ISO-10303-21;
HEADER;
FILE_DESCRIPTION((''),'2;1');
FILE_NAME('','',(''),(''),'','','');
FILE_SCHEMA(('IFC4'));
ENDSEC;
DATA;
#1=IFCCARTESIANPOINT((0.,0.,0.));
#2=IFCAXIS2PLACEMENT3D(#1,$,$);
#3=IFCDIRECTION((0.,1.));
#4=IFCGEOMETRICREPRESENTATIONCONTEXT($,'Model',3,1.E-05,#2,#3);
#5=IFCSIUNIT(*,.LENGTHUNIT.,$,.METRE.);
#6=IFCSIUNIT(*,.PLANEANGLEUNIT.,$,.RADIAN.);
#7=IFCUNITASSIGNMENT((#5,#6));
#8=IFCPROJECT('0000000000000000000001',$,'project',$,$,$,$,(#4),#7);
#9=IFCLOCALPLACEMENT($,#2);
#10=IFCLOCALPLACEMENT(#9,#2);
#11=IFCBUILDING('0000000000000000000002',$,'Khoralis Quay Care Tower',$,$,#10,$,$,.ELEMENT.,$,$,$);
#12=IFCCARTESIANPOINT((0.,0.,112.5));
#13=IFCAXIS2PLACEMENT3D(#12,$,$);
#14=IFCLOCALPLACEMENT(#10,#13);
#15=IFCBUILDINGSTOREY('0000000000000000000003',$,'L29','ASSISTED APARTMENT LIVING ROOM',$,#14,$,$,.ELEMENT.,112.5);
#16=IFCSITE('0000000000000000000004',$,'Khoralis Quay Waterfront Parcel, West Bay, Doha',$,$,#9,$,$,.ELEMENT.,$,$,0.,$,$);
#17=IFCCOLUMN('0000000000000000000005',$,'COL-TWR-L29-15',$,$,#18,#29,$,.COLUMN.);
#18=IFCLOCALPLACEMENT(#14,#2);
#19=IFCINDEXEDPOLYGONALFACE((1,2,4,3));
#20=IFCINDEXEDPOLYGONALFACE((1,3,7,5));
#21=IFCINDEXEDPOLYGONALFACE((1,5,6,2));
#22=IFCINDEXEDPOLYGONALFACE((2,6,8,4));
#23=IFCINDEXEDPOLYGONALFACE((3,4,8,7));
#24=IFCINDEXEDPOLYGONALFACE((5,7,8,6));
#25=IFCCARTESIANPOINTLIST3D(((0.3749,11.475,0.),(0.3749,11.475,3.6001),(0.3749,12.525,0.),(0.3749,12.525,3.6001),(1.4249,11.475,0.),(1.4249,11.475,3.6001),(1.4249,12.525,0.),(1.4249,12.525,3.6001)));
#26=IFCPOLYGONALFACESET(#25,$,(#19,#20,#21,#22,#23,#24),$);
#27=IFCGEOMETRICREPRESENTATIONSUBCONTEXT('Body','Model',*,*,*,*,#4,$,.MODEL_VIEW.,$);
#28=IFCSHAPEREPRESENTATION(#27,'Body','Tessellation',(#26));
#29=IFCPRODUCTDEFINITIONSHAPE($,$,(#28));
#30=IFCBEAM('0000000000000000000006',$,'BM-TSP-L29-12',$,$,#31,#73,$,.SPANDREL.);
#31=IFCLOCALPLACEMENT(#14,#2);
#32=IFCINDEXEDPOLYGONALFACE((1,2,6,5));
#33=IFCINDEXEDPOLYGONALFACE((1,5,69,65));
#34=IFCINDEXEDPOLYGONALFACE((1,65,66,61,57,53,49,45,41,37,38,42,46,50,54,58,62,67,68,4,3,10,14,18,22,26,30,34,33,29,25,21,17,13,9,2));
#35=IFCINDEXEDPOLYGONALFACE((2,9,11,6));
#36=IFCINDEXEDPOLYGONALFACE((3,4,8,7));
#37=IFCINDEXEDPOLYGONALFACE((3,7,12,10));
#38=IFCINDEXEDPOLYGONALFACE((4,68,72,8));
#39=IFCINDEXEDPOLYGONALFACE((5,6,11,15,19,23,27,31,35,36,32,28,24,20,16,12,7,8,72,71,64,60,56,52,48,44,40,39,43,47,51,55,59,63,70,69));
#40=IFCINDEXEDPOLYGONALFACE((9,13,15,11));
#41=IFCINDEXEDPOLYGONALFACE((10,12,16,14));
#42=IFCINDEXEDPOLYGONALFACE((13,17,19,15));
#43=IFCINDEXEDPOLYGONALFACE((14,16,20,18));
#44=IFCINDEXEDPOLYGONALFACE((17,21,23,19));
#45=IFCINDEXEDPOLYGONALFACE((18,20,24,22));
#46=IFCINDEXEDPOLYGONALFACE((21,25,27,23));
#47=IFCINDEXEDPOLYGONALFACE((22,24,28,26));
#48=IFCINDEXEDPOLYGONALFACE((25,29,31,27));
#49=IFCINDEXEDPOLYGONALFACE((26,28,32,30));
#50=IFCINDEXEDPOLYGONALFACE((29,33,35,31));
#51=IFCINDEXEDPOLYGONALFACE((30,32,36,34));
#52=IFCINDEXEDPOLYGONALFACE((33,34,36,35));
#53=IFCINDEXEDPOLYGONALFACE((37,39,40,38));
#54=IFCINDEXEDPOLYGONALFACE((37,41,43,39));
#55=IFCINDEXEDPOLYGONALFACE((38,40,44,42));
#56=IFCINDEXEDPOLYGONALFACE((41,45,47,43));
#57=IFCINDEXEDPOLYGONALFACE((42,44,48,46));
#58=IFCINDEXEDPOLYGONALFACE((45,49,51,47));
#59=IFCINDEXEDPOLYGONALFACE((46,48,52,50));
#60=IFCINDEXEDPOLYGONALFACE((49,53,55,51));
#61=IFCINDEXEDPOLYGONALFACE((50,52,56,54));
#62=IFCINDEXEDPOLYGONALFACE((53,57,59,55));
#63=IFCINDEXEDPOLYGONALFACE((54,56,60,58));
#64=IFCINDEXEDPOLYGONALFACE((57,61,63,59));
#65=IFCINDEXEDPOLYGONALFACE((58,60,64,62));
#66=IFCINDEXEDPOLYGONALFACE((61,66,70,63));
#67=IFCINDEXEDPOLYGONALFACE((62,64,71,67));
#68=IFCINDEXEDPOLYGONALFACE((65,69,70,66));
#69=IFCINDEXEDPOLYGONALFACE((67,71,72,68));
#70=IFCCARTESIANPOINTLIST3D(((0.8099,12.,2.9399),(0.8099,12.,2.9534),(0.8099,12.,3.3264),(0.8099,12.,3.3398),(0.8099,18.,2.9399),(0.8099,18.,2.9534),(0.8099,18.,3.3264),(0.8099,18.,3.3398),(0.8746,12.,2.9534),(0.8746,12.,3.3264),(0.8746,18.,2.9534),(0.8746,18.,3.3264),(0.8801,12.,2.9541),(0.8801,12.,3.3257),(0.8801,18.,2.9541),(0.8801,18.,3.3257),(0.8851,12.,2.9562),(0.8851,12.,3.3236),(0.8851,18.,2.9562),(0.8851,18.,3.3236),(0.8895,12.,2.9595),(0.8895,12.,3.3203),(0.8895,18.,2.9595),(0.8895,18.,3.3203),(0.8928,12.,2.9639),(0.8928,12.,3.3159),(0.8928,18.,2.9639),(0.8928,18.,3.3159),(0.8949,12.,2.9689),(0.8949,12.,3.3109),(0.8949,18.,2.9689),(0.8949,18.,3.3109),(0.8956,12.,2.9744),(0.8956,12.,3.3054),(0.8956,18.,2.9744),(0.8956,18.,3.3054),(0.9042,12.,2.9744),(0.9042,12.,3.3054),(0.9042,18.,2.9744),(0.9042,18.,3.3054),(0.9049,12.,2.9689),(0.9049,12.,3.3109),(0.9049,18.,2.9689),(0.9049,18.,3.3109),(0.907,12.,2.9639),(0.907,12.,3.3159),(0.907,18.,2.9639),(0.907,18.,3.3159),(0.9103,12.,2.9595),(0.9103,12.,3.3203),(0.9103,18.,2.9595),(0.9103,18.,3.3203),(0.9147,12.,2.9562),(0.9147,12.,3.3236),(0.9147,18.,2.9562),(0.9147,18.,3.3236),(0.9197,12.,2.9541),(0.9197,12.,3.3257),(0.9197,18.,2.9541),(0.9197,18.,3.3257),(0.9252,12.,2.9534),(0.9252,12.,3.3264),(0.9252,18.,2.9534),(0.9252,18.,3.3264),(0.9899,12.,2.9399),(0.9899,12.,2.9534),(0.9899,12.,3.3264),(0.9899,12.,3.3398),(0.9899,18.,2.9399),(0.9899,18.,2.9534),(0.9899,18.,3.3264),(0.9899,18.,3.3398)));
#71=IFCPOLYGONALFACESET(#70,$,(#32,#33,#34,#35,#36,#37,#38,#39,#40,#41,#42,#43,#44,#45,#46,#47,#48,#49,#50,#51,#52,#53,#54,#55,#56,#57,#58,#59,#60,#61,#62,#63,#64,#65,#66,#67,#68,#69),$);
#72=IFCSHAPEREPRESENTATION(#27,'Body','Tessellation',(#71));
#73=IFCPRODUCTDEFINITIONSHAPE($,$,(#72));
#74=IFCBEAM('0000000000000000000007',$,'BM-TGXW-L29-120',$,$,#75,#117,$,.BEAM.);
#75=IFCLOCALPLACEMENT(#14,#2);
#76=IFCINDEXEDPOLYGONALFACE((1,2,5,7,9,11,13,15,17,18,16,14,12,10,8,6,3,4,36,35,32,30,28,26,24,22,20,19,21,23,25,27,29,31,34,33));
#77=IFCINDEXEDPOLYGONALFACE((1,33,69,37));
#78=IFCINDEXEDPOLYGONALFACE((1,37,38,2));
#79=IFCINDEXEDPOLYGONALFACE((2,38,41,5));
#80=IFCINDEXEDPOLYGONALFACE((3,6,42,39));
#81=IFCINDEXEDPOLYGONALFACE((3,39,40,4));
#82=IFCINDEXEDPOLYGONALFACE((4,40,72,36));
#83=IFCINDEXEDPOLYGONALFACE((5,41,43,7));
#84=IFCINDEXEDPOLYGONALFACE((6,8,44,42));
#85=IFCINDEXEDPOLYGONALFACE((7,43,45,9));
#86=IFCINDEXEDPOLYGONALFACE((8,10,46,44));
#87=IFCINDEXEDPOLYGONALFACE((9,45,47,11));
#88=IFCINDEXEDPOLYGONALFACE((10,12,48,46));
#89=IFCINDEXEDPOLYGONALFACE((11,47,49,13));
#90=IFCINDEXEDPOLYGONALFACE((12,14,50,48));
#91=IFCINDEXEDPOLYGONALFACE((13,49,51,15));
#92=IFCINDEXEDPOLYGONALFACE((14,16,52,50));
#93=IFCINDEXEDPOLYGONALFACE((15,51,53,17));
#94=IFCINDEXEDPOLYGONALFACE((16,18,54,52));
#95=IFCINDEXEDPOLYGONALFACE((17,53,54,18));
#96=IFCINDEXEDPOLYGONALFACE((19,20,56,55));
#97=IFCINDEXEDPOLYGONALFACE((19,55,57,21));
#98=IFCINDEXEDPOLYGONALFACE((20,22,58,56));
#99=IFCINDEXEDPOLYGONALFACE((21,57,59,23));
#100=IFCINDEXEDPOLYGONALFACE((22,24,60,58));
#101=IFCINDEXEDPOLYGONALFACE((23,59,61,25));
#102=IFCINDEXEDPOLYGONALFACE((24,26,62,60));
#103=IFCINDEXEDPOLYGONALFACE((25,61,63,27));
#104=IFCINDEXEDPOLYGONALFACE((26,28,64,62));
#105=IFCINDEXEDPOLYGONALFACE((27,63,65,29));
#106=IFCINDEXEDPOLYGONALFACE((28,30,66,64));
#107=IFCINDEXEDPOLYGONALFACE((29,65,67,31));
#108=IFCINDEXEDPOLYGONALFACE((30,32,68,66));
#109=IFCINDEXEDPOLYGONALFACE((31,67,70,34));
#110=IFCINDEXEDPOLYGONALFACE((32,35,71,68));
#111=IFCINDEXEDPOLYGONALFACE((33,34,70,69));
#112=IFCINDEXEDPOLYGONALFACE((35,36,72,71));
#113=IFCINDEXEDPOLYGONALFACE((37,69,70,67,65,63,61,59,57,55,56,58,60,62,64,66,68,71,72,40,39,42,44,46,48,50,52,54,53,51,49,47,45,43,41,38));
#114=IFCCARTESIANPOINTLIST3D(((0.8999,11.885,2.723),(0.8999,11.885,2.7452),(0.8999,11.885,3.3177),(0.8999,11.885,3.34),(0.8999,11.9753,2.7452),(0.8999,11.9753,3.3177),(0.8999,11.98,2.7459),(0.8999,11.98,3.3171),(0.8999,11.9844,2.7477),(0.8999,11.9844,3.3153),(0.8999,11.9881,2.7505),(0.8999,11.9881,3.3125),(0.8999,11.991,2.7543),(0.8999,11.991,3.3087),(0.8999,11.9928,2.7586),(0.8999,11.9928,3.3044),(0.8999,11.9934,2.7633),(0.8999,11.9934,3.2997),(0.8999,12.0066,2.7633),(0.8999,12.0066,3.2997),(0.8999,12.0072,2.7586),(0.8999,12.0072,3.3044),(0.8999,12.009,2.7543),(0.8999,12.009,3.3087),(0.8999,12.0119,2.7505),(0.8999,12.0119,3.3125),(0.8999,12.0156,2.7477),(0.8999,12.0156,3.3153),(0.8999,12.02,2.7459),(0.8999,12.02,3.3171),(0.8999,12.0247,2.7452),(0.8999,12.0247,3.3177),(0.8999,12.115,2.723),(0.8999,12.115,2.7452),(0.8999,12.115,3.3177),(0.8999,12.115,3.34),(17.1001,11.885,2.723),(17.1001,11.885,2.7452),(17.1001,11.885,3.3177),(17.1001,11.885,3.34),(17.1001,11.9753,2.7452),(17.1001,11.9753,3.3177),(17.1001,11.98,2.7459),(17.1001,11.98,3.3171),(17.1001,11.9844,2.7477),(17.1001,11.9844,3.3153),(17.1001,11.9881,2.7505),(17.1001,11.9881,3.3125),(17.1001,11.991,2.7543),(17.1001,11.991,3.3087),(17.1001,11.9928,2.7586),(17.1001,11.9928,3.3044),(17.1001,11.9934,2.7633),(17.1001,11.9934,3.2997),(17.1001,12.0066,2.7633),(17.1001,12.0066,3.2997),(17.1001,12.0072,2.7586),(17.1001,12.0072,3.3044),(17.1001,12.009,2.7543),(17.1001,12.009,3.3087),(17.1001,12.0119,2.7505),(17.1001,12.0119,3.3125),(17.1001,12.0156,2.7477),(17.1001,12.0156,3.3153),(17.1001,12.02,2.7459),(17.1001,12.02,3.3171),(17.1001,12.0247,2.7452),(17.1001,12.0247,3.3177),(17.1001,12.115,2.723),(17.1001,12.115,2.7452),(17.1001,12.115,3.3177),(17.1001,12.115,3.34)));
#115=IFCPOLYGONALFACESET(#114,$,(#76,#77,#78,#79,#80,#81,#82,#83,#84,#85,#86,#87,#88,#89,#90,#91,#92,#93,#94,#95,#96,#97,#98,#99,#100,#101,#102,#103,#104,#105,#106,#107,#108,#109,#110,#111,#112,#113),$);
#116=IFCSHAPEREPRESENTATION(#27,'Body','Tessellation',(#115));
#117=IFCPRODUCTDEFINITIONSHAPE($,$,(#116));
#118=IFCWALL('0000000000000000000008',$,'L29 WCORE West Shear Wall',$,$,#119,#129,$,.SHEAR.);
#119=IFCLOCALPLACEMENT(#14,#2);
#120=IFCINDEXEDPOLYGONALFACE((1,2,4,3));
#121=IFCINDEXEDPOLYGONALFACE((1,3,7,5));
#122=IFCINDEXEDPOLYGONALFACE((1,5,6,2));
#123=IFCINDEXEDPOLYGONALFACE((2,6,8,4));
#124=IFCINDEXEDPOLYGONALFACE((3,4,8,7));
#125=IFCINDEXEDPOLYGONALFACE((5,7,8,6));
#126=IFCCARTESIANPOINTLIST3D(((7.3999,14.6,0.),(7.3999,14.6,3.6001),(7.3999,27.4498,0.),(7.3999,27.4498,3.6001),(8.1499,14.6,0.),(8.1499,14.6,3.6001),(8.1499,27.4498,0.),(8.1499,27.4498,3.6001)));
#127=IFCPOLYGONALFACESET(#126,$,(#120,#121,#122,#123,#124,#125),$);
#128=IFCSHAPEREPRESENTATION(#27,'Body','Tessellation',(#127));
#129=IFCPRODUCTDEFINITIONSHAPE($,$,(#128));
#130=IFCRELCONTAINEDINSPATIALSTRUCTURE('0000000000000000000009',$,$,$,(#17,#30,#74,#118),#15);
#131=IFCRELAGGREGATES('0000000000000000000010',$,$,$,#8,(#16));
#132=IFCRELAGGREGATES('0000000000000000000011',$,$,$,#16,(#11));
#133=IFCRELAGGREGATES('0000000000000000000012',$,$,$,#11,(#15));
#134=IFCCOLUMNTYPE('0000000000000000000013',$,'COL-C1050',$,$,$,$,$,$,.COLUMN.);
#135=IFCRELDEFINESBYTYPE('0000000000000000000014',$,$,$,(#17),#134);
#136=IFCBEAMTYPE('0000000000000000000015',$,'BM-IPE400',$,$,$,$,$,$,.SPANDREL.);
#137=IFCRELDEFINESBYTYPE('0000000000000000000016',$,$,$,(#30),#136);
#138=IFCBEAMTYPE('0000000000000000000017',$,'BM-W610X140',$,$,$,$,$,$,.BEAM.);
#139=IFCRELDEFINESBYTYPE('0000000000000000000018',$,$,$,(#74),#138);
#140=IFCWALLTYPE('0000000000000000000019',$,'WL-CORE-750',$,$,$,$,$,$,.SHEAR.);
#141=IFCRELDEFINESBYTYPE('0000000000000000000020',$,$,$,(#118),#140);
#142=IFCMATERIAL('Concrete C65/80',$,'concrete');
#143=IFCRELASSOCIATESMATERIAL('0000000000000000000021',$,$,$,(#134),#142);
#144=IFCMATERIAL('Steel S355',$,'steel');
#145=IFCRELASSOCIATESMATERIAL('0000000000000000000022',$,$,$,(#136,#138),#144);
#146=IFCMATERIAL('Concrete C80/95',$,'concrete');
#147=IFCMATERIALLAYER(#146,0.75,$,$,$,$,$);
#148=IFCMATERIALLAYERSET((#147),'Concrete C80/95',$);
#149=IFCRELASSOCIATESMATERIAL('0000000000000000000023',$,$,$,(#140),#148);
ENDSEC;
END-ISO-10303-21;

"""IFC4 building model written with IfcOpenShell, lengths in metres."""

from ifc_helpers import new_model, si_unit, direction, frame, frame_2d, origin, origin_2d, place, context, subcontext, project, spatial, rectangle, i_section, extrude, source, transform, mapped, material, layer, layer_set, material_profile, profile_set, type_object, element, save


model = new_model("IFC4")

# Units and contexts
model_context = context("Model", 3, precision=1e-05, world=origin(), true_north=direction((0.0, 1.0)))
body_context = subcontext(model_context, "Body", "Model", "MODEL_VIEW")
ifc_project = project(units=[si_unit("LENGTHUNIT", "METRE"), si_unit("PLANEANGLEUNIT", "RADIAN")], contexts=[model_context])

# Site, building, storey
site_placement = place(None, origin())
site = spatial("IfcSite", under=ifc_project, at=site_placement, Name="Khoralis Quay Waterfront Parcel, West Bay, Doha", CompositionType="ELEMENT", RefElevation=0.0)
building_placement = place(site_placement, origin())
building = spatial("IfcBuilding", under=site, at=building_placement, Name="Khoralis Quay Care Tower", CompositionType="ELEMENT")
storey_placement = place(building_placement, frame((0.0, 0.0, 112.5)))
storey = spatial("IfcBuildingStorey", under=building, at=storey_placement, Name="L29", Description="ASSISTED APARTMENT LIVING ROOM", CompositionType="ELEMENT", Elevation=112.5)

# Column
ifc_material_1 = material(Name="Concrete C65/80", Category="concrete")
ifc_material_profile_1 = material_profile(ifc_material_1, rectangle(XDim=1.05, YDim=1.05, at=origin_2d()), Name="Concrete C65/80")
ifc_profile_set_1 = profile_set([ifc_material_profile_1], Name="Concrete C65/80")
column_type = type_object("IfcColumnType", Name="COL-C1050", PredefinedType="COLUMN", material=ifc_profile_set_1)
shared_shape_1 = source(origin(), body_context, "Body", "SweptSolid", [
    extrude(rectangle(XDim=1.05, YDim=1.05, at=origin_2d()), origin(), (0.0, 0.0, 1.0), 3.6001),
])
column_placement = place(storey_placement, frame((0.8999, 12.0, 0.0), z_axis=(0.0, 0.0, 1.0), x_axis=(1.0, 0.0, 0.0)))
element("IfcColumn", 1, at=column_placement, inside=storey, type_object=column_type, Name="COL-TWR-L29-15", PredefinedType="COLUMN", context=body_context, shape_type="MappedRepresentation", body=[
    mapped(shared_shape_1, transform((0.0, 0.0, 0.0), scale=1.0)),
])

# Beams
ifc_material_2 = material(Name="Steel S355", Category="steel")
ifc_material_profile_2 = material_profile(ifc_material_2, i_section(OverallWidth=0.1799, OverallDepth=0.3999, WebThickness=0.0085, FlangeThickness=0.0134, FilletRadius=0.021, at=origin_2d()), Name="Steel S355")
ifc_profile_set_2 = profile_set([ifc_material_profile_2], Name="Steel S355")
beam_type_1 = type_object("IfcBeamType", Name="BM-IPE400", PredefinedType="SPANDREL", material=ifc_profile_set_2)
shared_shape_2 = source(origin(), body_context, "Body", "SweptSolid", [
    extrude(i_section(OverallWidth=0.1799, OverallDepth=0.3999, WebThickness=0.0085, FlangeThickness=0.0134, FilletRadius=0.021, at=origin_2d()), origin(), (0.0, 0.0, 1.0), 6.0),
])
beam_1_placement = place(storey_placement, frame((0.8999, 12.0, 3.1399), z_axis=(0.0, 1.0, 0.0), x_axis=(-1.0, 0.0, 0.0)))
element("IfcBeam", 2, at=beam_1_placement, inside=storey, type_object=beam_type_1, Name="BM-TSP-L29-12", PredefinedType="SPANDREL", context=body_context, shape_type="MappedRepresentation", body=[
    mapped(shared_shape_2, transform((0.0, 0.0, 0.0), scale=1.0)),
])
ifc_material_profile_3 = material_profile(ifc_material_2, i_section(OverallWidth=0.23, OverallDepth=0.6169, WebThickness=0.0132, FlangeThickness=0.0222, FilletRadius=0.0181, at=origin_2d()), Name="Steel S355")
ifc_profile_set_3 = profile_set([ifc_material_profile_3], Name="Steel S355")
beam_type_2 = type_object("IfcBeamType", Name="BM-W610X140", PredefinedType="BEAM", material=ifc_profile_set_3)
shared_shape_3 = source(origin(), body_context, "Body", "SweptSolid", [
    extrude(i_section(OverallWidth=0.23, OverallDepth=0.6169, WebThickness=0.0132, FlangeThickness=0.0222, FilletRadius=0.0181, at=origin_2d()), origin(), (0.0, 0.0, 1.0), 16.2002),
])
beam_2_placement = place(storey_placement, frame((0.8999, 12.0, 3.0315), z_axis=(1.0, 0.0, 0.0), x_axis=(0.0, 1.0, 0.0)))
element("IfcBeam", 3, at=beam_2_placement, inside=storey, type_object=beam_type_2, Name="BM-TGXW-L29-120", PredefinedType="BEAM", context=body_context, shape_type="MappedRepresentation", body=[
    mapped(shared_shape_3, transform((0.0, 0.0, 0.0), scale=1.0)),
])

# Wall
ifc_material_3 = material(Name="Concrete C80/95", Category="concrete")
ifc_layer_1 = layer(ifc_material_3, 0.75)
ifc_layer_set_1 = layer_set([ifc_layer_1], Name="Concrete C80/95")
wall_type_1 = type_object("IfcWallType", Name="WL-CORE-750", PredefinedType="SHEAR", material=ifc_layer_set_1)
wall_1_placement = place(storey_placement, frame((7.7749, 14.6001, 0.0), z_axis=(0.0, 0.0, 1.0), x_axis=(0.0, 1.0, 0.0)))
element("IfcWall", 4, at=wall_1_placement, inside=storey, type_object=wall_type_1, Name="L29 WCORE West Shear Wall", PredefinedType="SHEAR", context=body_context, shape_type="SweptSolid", body=[
    extrude(rectangle(XDim=12.8499, YDim=0.75, at=frame_2d((6.4248, 0.0))), origin(), (0.0, 0.0, 1.0), 3.6001),
])

save(model, "model.ifc")
